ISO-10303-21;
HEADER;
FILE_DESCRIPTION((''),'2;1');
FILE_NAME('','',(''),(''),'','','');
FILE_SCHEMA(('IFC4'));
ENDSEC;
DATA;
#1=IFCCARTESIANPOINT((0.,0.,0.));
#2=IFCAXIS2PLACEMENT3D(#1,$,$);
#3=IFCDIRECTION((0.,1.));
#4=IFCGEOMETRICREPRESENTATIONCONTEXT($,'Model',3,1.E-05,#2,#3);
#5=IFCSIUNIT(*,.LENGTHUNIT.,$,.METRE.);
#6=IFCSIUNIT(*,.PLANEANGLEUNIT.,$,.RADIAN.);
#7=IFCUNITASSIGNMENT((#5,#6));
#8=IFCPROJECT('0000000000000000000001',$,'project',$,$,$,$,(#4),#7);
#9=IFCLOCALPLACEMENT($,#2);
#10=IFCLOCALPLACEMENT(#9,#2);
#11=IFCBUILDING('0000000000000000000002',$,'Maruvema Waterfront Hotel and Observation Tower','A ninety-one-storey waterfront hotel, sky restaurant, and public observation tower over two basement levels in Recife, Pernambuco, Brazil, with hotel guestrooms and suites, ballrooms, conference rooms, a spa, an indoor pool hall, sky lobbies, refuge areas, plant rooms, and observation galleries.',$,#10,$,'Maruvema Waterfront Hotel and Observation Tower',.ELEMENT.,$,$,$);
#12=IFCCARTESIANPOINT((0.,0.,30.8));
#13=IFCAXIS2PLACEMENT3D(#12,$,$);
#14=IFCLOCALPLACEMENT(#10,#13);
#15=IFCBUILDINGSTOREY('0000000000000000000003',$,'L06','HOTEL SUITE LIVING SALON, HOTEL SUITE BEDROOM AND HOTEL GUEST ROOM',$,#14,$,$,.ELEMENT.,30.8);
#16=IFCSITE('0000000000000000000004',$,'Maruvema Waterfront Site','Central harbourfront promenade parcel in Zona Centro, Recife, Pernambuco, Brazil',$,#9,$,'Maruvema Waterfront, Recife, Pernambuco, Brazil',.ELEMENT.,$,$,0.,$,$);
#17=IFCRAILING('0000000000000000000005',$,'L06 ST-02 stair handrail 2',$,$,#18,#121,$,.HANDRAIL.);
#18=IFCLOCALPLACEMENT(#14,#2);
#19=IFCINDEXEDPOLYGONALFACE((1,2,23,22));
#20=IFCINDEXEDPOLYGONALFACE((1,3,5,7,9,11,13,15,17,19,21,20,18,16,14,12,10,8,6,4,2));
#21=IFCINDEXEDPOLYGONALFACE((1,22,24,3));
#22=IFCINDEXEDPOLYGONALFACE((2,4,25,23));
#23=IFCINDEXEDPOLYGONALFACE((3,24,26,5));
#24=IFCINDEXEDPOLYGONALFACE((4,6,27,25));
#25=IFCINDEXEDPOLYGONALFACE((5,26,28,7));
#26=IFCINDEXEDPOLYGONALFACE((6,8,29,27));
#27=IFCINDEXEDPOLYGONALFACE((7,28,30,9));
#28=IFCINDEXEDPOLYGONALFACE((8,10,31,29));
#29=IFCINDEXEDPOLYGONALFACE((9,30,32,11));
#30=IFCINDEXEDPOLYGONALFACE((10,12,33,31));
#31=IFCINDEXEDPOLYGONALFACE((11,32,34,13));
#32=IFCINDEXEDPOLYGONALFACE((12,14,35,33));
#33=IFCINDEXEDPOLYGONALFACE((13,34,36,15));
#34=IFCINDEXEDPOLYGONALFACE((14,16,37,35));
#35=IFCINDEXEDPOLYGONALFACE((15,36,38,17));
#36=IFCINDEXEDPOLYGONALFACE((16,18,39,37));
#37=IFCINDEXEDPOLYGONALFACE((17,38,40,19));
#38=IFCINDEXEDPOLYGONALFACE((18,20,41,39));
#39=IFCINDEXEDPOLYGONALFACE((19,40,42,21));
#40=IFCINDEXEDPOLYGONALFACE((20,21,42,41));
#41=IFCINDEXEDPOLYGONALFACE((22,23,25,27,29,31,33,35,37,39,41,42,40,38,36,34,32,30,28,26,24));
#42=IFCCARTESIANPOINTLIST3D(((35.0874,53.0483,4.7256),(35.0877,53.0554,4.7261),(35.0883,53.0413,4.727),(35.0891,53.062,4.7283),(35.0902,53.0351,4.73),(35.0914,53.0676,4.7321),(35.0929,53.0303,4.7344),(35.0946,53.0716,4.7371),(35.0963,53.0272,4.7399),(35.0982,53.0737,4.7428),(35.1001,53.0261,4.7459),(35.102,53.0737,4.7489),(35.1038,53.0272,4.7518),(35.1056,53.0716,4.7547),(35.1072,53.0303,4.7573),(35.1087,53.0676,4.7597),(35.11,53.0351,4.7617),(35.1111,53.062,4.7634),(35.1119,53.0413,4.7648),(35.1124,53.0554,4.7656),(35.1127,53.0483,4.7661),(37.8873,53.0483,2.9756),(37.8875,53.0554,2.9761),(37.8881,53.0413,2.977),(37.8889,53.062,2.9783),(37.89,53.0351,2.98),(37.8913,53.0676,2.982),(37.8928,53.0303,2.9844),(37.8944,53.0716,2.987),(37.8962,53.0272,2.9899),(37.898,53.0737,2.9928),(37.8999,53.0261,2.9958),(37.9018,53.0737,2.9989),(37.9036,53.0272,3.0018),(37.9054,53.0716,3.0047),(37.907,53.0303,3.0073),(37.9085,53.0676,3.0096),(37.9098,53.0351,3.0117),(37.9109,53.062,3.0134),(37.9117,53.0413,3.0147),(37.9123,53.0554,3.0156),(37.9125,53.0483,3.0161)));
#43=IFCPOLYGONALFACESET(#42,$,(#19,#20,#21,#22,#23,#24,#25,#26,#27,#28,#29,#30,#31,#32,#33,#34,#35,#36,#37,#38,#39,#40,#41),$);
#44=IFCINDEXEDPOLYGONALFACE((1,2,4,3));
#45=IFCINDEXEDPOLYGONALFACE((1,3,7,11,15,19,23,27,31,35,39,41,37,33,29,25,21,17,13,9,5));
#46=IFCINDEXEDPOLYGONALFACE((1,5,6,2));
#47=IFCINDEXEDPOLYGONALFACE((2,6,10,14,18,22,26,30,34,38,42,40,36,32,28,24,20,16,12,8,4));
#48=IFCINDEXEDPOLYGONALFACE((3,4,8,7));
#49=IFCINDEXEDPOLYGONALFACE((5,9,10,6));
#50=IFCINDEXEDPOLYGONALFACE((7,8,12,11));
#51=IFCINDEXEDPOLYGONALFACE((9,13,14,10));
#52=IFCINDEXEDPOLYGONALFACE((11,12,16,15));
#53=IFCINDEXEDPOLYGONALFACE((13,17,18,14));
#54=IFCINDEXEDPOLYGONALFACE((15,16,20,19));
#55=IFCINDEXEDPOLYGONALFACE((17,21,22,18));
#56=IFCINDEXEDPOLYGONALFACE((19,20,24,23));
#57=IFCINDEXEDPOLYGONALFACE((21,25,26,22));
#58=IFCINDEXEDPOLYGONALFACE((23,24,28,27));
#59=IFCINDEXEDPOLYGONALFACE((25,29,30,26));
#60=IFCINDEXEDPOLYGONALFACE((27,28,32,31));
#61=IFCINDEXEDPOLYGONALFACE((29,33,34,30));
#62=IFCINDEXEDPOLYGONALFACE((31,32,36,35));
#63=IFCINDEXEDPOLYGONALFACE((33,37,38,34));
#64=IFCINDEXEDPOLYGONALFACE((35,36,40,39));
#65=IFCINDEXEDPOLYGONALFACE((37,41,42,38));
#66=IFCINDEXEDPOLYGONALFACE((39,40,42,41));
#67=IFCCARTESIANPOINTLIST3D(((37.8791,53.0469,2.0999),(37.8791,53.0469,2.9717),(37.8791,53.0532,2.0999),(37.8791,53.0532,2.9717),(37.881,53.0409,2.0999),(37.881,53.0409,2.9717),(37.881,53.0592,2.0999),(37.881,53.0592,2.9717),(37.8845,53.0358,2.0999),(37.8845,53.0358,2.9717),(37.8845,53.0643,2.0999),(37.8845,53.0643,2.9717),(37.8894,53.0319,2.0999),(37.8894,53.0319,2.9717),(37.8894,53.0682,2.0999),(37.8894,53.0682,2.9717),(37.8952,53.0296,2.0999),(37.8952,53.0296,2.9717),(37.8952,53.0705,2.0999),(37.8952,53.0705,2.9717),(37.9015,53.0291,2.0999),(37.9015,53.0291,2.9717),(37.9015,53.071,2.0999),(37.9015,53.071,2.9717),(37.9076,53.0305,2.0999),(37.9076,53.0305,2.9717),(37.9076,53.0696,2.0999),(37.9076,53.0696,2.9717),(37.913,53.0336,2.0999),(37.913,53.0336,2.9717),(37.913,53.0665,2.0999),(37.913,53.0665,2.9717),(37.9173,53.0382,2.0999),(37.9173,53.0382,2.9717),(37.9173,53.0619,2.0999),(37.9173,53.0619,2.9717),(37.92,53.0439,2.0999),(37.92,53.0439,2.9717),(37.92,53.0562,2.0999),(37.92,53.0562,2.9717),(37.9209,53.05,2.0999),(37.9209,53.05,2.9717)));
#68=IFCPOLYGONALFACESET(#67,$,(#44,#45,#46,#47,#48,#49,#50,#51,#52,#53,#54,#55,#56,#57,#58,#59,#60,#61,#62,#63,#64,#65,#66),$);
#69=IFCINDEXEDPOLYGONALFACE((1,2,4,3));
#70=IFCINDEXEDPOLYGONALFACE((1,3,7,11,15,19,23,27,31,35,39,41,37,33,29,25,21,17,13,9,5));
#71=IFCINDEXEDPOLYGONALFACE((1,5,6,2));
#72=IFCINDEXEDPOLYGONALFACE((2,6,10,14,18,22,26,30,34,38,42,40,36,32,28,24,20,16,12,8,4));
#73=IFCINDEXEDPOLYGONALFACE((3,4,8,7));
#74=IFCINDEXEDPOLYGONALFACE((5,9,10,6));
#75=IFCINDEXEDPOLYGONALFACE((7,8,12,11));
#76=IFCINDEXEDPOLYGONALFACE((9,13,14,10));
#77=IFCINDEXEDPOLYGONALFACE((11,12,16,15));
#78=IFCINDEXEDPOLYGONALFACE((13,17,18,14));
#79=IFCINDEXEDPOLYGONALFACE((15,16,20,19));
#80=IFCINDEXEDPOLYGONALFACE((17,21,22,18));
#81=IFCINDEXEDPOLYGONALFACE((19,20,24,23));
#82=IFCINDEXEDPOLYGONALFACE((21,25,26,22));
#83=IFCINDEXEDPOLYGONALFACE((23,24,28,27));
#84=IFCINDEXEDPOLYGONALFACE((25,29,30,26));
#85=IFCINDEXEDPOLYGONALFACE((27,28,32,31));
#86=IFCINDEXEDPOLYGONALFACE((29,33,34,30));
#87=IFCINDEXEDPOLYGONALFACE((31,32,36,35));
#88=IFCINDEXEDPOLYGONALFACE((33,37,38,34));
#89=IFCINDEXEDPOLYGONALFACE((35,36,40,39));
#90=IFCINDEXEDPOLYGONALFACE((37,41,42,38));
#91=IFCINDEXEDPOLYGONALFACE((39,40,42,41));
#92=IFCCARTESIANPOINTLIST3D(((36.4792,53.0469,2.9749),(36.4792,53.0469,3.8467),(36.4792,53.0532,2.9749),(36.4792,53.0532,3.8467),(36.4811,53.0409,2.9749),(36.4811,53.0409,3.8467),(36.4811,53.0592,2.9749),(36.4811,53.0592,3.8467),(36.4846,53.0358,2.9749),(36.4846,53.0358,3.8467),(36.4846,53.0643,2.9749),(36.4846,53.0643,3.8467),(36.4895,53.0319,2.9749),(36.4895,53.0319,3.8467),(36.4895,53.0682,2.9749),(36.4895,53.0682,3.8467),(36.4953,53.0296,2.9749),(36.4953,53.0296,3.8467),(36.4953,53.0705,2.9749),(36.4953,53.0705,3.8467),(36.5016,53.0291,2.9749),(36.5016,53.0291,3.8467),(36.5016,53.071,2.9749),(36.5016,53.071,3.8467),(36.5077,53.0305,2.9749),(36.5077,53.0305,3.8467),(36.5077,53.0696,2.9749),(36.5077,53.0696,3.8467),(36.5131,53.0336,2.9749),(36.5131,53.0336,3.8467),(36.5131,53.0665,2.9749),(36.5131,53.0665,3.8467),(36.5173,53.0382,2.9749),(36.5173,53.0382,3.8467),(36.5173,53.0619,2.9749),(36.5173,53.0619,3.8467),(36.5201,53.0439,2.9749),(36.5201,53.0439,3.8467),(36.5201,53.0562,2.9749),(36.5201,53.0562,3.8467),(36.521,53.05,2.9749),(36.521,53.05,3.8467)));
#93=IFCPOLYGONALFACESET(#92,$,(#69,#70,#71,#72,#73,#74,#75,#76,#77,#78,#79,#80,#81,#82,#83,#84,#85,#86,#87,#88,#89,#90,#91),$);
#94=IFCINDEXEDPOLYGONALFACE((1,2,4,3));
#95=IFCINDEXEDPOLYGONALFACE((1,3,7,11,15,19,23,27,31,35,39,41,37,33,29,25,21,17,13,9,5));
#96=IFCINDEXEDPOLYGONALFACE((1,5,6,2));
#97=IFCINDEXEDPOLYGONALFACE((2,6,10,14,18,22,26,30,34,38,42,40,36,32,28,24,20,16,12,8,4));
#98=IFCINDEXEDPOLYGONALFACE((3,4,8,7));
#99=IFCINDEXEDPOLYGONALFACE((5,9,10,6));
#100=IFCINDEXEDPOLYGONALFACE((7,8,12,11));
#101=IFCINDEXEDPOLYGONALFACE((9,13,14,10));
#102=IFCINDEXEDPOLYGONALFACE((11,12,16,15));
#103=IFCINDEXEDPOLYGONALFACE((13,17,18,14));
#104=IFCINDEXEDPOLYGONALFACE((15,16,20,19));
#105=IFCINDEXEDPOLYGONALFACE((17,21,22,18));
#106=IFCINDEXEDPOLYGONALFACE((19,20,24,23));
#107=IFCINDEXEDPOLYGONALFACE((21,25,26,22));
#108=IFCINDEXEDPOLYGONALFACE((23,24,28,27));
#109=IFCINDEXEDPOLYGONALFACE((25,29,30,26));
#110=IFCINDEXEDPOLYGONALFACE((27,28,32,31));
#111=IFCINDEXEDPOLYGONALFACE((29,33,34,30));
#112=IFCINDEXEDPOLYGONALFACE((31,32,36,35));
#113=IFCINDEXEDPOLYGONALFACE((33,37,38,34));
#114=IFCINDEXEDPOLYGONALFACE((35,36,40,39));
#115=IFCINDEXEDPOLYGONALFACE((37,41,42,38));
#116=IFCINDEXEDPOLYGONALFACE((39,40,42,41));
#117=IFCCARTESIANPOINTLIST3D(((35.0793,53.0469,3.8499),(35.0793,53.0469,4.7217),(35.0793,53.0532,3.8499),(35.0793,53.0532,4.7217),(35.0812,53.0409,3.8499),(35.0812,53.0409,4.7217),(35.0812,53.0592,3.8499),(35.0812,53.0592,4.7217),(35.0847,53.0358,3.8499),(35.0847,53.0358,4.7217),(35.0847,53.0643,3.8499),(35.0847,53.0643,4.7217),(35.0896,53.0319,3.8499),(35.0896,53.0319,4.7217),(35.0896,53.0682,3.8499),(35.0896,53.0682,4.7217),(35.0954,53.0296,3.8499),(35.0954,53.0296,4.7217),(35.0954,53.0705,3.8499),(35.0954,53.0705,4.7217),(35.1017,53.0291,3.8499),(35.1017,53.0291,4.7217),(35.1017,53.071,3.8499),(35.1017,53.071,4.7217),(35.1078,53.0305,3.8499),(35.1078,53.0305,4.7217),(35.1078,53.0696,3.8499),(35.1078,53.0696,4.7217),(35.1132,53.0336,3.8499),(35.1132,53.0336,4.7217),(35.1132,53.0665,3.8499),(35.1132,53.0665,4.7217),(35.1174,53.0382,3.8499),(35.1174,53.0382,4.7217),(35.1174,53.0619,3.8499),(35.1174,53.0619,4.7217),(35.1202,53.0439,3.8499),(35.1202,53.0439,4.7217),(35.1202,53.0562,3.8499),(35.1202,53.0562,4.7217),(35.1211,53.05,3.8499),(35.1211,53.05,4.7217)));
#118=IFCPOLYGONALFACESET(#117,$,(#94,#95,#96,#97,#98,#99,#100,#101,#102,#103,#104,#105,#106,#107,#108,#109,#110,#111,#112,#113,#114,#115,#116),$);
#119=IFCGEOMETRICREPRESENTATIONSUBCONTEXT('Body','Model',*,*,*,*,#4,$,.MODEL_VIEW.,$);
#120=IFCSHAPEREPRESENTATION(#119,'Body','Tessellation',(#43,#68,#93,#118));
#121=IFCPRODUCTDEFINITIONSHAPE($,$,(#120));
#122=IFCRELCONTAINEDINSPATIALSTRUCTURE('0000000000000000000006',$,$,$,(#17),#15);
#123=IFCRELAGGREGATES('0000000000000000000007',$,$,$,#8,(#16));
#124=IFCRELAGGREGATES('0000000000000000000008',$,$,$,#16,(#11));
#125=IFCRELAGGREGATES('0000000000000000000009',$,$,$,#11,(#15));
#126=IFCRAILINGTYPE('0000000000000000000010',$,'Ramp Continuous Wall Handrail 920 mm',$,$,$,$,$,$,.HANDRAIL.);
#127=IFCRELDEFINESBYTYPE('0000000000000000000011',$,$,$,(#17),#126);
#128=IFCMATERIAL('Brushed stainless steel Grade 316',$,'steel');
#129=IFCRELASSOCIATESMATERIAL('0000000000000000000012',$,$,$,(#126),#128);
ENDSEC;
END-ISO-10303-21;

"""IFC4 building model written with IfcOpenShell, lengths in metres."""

from ifc_helpers import new_model, si_unit, direction, frame, origin, origin_2d, place, context, subcontext, project, spatial, circle, extrude, material, type_object, element, save


model = new_model("IFC4")

# Units and contexts
model_context = context("Model", 3, precision=1e-05, world=origin(), true_north=direction((0.0, 1.0)))
body_context = subcontext(model_context, "Body", "Model", "MODEL_VIEW")
ifc_project = project(units=[si_unit("LENGTHUNIT", "METRE"), si_unit("PLANEANGLEUNIT", "RADIAN")], contexts=[model_context])

# Site, building, storey
site_placement = place(None, origin())
site = spatial("IfcSite", under=ifc_project, at=site_placement, Name="Maruvema Waterfront Site", Description="Central harbourfront promenade parcel in Zona Centro, Recife, Pernambuco, Brazil", LongName="Maruvema Waterfront, Recife, Pernambuco, Brazil", CompositionType="ELEMENT", RefElevation=0.0)
building_placement = place(site_placement, origin())
building = spatial("IfcBuilding", under=site, at=building_placement, Name="Maruvema Waterfront Hotel and Observation Tower", Description="A ninety-one-storey waterfront hotel, sky restaurant, and public observation tower over two basement levels in Recife, Pernambuco, Brazil, with hotel guestrooms and suites, ballrooms, conference rooms, a spa, an indoor pool hall, sky lobbies, refuge areas, plant rooms, and observation galleries.", LongName="Maruvema Waterfront Hotel and Observation Tower", CompositionType="ELEMENT")
storey_placement = place(building_placement, frame((0.0, 0.0, 30.8)))
storey = spatial("IfcBuildingStorey", under=building, at=storey_placement, Name="L06", Description="HOTEL SUITE LIVING SALON, HOTEL SUITE BEDROOM AND HOTEL GUEST ROOM", CompositionType="ELEMENT", Elevation=30.8)

# Railing
ifc_material_1 = material(Name="Brushed stainless steel Grade 316", Category="steel")
railing_type_1 = type_object("IfcRailingType", Name="Ramp Continuous Wall Handrail 920 mm", PredefinedType="HANDRAIL", material=ifc_material_1)
railing_1_placement = place(storey_placement, frame((37.8999, 53.05, 2.0999)))
element("IfcRailing", 1, at=railing_1_placement, inside=storey, type_object=railing_type_1, Name="L06 ST-02 stair handrail 2", PredefinedType="HANDRAIL", context=body_context, shape_type="SweptSolid", body=[
    extrude(circle(Radius=0.0239, at=origin_2d()), frame((0.0, 0.0, 0.896), z_axis=(-0.847982, 0.0, 0.530026), x_axis=(0.0, -1.0, 0.0)), (0.0, 0.0, 1.0), 3.3018),
    extrude(circle(Radius=0.021, at=origin_2d()), origin(), (0.0, 0.0, 1.0), 0.8718),
    extrude(circle(Radius=0.021, at=origin_2d()), frame((-1.3999, 0.0, 0.875)), (0.0, 0.0, 1.0), 0.8718),
    extrude(circle(Radius=0.021, at=origin_2d()), frame((-2.7998, 0.0, 1.75)), (0.0, 0.0, 1.0), 0.8718),
])

save(model, "model.ifc")
